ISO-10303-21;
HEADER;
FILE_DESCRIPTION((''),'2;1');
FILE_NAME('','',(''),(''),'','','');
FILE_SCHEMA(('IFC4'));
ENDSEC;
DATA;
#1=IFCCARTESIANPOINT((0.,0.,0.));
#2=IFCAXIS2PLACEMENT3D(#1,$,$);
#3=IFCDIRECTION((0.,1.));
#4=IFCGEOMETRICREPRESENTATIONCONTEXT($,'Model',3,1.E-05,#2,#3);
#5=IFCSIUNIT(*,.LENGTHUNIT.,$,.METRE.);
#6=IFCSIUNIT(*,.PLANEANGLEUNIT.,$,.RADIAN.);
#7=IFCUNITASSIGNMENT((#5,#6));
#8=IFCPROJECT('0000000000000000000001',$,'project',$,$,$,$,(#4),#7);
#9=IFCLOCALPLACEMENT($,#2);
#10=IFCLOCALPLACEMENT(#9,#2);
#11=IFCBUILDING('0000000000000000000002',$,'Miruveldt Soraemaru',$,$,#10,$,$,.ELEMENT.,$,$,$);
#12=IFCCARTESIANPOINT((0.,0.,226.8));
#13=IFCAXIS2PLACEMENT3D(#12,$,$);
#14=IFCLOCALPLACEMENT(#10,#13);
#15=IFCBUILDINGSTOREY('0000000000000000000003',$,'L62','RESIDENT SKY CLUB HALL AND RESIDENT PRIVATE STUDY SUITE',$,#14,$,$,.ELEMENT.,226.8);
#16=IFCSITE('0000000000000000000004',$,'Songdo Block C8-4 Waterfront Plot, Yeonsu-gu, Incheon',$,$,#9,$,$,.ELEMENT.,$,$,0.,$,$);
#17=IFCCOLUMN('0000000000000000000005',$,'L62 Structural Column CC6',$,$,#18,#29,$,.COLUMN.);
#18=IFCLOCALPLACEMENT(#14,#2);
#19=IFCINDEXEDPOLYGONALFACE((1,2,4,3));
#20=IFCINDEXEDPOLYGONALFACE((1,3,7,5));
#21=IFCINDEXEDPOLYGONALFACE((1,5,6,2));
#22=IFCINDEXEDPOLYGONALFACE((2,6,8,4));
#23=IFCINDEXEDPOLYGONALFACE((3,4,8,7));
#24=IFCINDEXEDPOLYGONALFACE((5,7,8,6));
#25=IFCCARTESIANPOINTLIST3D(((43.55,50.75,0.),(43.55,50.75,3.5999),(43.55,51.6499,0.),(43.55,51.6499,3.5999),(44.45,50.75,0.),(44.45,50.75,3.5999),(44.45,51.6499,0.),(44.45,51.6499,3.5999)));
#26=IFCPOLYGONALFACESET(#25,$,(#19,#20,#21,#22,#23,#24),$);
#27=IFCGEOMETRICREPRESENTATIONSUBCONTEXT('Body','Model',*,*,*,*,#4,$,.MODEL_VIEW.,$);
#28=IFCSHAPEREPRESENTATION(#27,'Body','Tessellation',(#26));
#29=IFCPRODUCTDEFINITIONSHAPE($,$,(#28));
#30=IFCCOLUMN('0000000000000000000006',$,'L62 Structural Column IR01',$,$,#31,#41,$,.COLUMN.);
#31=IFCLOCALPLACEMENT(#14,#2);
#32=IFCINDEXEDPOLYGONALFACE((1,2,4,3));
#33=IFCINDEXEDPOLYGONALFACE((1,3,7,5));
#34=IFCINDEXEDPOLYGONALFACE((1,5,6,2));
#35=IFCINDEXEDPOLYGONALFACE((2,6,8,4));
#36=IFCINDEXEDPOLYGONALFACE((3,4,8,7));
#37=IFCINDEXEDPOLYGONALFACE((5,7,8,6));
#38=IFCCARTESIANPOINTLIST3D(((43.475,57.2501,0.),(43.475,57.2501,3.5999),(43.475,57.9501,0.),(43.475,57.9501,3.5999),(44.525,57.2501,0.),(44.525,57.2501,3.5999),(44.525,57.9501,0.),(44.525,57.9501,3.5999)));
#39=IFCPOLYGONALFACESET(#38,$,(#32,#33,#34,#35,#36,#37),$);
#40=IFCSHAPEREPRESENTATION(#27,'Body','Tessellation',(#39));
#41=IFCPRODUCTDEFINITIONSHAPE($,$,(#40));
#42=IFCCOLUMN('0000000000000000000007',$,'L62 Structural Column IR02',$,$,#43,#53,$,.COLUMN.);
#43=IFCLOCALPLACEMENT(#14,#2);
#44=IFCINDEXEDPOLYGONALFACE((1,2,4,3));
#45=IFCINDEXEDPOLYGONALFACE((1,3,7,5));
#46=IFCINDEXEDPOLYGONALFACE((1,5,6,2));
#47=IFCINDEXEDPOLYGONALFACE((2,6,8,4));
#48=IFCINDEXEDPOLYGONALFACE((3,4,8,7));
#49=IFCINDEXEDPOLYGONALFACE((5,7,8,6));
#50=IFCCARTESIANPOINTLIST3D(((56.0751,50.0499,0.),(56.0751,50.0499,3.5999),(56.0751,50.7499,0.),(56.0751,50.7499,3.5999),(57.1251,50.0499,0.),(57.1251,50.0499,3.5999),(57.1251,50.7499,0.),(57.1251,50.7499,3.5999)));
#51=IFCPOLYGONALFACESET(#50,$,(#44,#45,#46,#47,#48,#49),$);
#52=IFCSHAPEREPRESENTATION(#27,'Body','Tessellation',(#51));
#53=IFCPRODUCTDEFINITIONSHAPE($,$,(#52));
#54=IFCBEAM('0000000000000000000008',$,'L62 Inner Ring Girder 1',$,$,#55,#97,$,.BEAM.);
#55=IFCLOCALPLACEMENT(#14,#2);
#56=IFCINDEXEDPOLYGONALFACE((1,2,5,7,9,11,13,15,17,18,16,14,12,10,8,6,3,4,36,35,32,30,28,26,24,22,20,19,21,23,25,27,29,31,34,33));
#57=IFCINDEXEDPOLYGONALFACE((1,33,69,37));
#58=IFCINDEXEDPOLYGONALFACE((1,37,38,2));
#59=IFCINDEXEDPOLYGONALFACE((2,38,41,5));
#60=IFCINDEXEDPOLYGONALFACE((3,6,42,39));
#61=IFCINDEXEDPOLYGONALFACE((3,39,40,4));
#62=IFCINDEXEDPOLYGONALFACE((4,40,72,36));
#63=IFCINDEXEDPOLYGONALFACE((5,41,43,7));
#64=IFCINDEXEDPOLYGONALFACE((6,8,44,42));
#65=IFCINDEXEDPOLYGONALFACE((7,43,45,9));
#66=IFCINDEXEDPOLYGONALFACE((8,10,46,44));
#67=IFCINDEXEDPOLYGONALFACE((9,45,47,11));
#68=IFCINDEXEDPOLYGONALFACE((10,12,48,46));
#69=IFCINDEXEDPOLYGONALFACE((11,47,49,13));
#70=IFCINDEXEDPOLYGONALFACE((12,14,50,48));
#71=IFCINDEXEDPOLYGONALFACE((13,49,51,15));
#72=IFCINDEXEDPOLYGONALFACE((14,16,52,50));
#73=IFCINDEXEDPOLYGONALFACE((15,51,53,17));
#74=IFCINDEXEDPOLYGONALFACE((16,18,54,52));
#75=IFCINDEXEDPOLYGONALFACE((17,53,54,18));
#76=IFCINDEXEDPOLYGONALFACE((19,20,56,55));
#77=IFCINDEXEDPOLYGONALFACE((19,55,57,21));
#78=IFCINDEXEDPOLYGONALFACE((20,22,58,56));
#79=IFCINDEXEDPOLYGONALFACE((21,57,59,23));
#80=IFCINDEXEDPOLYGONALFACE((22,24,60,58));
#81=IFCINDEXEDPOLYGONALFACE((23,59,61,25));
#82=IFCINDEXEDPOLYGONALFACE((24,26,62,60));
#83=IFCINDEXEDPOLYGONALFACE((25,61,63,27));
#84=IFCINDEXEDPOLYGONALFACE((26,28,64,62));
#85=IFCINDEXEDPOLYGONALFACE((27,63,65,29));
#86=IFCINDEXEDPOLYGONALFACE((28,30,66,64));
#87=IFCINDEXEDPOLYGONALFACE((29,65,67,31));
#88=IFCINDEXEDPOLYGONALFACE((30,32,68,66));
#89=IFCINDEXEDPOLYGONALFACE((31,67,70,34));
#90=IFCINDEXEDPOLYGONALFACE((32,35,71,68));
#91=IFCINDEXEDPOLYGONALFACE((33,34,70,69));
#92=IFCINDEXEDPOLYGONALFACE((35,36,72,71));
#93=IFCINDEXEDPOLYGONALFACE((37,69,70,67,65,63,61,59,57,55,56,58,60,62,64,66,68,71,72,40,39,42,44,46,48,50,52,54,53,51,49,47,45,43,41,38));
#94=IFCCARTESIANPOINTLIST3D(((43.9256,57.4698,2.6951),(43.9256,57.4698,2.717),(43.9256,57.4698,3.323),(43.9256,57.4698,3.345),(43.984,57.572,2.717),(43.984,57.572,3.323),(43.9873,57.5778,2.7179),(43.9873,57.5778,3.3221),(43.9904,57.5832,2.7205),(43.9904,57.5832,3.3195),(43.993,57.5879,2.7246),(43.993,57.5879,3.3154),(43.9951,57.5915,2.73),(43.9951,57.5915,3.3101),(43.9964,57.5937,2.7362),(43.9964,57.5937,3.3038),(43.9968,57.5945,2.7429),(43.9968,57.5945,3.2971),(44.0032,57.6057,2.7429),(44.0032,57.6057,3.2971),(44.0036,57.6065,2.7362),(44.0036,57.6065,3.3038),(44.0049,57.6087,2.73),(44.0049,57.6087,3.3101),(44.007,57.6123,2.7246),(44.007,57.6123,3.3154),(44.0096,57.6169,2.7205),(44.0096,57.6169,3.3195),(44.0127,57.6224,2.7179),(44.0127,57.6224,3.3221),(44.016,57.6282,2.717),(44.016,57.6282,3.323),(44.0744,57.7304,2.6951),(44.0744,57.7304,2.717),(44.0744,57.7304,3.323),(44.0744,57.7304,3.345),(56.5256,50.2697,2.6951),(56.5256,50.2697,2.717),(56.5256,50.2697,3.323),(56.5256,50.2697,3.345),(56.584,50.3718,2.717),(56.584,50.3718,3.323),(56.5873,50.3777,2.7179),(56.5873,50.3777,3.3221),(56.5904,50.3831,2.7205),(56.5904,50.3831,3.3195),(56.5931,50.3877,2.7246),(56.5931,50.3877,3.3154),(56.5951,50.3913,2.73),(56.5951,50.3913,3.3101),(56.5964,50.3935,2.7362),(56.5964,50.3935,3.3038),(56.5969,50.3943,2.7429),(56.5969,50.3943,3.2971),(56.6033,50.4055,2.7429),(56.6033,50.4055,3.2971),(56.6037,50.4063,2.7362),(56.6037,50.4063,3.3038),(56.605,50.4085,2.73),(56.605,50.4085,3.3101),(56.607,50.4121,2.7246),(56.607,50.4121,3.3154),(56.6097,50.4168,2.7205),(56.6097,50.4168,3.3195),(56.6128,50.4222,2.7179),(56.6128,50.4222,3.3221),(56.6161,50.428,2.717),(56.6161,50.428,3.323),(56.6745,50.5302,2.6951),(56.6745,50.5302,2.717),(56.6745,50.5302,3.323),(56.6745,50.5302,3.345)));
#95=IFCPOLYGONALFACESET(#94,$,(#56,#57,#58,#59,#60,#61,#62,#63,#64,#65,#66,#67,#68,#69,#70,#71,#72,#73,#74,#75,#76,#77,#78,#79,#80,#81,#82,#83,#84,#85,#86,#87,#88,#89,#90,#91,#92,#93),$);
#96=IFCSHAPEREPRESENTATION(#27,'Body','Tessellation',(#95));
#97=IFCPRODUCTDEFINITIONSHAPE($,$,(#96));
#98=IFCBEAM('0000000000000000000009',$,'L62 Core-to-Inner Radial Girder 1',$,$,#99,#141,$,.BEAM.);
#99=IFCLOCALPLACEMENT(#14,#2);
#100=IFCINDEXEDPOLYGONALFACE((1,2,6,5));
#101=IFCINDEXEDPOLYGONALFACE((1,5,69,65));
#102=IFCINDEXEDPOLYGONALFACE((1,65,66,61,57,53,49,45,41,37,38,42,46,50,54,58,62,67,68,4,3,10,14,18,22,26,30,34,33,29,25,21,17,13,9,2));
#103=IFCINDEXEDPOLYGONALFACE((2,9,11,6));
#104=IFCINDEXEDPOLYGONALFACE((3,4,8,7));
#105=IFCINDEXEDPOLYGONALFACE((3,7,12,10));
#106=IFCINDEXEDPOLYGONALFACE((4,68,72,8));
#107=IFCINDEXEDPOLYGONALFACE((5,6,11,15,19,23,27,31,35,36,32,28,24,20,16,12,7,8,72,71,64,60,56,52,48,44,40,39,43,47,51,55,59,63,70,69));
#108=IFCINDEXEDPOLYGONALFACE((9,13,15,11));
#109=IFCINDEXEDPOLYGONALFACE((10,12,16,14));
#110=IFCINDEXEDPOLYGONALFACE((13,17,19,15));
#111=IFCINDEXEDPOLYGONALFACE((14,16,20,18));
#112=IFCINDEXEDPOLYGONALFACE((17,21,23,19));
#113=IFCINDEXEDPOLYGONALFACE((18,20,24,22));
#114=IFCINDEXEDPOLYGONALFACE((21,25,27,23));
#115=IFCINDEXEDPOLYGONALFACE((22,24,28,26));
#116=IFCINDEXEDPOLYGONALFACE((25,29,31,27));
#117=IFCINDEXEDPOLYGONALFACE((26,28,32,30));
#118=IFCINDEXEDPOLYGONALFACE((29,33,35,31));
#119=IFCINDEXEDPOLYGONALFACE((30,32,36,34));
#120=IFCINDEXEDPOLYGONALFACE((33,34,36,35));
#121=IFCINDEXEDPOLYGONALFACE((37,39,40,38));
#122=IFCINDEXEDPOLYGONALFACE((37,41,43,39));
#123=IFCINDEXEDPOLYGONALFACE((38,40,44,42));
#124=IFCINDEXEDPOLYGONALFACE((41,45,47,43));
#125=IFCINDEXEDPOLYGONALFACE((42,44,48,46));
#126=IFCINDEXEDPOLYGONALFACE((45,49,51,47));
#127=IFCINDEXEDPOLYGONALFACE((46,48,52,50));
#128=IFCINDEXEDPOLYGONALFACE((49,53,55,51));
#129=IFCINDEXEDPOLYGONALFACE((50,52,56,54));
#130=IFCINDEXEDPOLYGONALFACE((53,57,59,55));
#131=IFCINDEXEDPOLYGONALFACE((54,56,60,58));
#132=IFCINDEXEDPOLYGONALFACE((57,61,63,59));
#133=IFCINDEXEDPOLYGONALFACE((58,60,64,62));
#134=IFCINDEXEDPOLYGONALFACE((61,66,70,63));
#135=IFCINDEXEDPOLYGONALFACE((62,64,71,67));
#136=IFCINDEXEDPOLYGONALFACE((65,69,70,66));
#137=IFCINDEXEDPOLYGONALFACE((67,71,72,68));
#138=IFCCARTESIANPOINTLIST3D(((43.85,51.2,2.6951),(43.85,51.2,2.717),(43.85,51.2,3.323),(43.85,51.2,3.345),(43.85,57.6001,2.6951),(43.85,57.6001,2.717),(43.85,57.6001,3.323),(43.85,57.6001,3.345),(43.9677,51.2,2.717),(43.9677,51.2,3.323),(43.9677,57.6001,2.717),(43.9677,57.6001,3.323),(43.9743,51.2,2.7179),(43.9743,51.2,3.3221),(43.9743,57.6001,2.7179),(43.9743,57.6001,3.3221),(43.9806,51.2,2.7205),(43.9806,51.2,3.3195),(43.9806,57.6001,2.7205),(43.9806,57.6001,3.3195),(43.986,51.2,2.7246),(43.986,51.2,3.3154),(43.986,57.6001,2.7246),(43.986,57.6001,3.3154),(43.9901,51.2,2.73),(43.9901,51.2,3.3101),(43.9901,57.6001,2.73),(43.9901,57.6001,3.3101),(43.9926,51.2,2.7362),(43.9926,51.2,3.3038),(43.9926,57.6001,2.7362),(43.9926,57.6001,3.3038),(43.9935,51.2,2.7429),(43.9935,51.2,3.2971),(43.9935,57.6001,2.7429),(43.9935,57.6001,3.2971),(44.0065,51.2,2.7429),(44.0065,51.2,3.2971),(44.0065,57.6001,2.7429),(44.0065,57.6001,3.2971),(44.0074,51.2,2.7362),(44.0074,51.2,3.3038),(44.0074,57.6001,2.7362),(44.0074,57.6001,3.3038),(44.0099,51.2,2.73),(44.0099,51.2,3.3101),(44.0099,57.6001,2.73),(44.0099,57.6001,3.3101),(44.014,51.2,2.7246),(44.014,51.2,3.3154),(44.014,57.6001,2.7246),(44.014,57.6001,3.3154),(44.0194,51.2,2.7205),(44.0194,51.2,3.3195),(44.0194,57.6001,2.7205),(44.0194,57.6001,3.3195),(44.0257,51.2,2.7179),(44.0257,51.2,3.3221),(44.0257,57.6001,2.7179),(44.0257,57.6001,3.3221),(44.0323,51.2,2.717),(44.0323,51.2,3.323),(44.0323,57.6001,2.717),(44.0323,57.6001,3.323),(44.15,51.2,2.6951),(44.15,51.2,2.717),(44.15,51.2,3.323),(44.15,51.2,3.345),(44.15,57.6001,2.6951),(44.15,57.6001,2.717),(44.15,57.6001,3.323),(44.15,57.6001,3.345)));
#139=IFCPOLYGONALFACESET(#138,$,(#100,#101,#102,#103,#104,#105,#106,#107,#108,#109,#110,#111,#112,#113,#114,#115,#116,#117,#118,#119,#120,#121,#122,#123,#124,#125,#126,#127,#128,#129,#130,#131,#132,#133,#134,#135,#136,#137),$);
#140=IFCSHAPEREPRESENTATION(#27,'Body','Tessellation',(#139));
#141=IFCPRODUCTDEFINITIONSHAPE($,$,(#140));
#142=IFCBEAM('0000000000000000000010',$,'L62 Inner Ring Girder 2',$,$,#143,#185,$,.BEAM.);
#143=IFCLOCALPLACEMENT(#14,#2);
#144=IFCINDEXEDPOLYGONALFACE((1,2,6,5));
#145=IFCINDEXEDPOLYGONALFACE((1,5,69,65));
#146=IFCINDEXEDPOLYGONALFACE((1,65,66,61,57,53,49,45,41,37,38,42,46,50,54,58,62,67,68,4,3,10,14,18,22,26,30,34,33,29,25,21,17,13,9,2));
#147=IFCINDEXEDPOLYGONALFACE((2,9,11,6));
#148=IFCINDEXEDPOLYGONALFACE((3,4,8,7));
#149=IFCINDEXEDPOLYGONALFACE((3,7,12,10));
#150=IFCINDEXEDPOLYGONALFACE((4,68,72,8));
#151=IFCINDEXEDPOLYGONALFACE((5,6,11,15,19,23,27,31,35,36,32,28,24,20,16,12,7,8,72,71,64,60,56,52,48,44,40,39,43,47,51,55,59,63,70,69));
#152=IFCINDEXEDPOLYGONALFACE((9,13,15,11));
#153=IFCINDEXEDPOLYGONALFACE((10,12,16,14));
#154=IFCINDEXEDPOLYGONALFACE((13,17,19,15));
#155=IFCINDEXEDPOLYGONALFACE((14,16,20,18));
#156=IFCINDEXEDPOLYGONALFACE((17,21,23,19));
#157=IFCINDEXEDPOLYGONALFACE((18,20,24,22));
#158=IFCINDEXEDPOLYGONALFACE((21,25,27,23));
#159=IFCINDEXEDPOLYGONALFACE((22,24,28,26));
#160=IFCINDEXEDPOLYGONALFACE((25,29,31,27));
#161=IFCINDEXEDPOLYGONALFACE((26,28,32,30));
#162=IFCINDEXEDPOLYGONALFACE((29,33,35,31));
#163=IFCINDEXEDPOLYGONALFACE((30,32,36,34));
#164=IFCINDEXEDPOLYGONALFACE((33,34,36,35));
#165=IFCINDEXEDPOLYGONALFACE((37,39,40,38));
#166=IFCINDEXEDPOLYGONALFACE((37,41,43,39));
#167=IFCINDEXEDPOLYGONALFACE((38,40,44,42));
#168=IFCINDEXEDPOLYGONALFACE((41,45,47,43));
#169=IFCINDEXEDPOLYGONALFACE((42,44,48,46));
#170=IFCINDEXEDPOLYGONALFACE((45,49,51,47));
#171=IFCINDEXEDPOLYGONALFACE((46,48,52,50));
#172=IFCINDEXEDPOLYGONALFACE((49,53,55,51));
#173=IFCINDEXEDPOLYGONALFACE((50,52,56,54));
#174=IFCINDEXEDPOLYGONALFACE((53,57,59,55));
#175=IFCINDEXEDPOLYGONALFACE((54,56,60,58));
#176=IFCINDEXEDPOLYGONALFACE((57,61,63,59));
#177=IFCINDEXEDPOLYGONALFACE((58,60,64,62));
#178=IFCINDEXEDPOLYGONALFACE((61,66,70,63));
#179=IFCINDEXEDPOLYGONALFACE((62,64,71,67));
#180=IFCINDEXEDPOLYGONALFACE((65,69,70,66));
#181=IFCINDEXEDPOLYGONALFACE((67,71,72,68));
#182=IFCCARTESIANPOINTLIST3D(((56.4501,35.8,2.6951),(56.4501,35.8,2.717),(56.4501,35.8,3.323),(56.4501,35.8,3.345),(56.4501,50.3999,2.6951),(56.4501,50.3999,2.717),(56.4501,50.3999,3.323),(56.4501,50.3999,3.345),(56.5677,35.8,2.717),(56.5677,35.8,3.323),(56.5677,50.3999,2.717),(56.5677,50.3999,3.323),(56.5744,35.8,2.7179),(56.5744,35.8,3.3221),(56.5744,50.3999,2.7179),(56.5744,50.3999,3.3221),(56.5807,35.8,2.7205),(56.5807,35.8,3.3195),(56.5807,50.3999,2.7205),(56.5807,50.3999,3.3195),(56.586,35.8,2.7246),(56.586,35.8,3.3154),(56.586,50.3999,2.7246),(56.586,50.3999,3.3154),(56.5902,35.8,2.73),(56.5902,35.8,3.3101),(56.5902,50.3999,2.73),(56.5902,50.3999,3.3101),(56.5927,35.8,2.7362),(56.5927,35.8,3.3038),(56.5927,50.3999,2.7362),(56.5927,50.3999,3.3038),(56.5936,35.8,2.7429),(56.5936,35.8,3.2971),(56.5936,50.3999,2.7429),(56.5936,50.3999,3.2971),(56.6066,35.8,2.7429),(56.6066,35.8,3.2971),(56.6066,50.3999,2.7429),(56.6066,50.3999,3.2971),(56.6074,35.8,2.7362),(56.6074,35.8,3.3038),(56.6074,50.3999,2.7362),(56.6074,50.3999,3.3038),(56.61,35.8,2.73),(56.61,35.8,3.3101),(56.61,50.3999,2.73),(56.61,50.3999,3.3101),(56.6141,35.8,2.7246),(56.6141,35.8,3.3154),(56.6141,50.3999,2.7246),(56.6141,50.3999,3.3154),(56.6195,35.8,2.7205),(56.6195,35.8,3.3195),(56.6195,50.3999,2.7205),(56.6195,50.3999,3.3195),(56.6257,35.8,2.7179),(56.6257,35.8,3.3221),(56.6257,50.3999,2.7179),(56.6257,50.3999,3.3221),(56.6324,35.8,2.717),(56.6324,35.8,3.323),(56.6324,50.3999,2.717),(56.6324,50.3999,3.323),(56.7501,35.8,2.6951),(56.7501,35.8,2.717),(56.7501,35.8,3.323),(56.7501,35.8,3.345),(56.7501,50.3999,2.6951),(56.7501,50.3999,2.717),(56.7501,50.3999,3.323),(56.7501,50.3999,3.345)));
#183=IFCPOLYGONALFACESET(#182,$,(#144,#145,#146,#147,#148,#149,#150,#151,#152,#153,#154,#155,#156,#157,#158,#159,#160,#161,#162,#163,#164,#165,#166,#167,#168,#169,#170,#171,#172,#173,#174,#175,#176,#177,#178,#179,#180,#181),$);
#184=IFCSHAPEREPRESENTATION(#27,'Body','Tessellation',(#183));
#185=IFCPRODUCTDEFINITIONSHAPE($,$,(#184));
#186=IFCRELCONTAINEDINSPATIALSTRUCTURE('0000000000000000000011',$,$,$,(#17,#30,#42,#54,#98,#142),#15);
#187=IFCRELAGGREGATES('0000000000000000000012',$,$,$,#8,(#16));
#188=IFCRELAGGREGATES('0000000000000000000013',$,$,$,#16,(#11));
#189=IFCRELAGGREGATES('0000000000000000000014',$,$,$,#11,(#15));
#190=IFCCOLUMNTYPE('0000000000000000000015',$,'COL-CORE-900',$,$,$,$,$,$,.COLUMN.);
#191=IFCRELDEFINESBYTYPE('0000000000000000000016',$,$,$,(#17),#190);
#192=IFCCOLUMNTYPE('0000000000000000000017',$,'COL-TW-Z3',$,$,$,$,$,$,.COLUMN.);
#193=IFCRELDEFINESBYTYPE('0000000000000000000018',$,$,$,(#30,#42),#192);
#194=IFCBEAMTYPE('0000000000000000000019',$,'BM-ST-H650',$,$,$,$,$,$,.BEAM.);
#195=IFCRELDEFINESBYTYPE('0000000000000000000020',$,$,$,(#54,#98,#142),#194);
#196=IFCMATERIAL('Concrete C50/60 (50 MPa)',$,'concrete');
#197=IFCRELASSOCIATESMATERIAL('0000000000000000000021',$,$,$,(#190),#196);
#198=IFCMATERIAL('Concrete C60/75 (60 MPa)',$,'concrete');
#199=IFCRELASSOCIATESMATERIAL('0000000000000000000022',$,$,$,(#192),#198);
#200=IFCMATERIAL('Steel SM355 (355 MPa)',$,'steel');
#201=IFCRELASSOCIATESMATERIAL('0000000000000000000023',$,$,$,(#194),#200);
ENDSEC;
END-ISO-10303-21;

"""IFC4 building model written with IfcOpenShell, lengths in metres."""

from ifc_helpers import new_model, si_unit, direction, frame, origin, origin_2d, place, context, subcontext, project, spatial, rectangle, i_section, extrude, material, material_profile, profile_set, type_object, element, save


model = new_model("IFC4")

# Units and contexts
model_context = context("Model", 3, precision=1e-05, world=origin(), true_north=direction((0.0, 1.0)))
body_context = subcontext(model_context, "Body", "Model", "MODEL_VIEW")
ifc_project = project(units=[si_unit("LENGTHUNIT", "METRE"), si_unit("PLANEANGLEUNIT", "RADIAN")], contexts=[model_context])

# Site, building, storey
site_placement = place(None, origin())
site = spatial("IfcSite", under=ifc_project, at=site_placement, Name="Songdo Block C8-4 Waterfront Plot, Yeonsu-gu, Incheon", CompositionType="ELEMENT", RefElevation=0.0)
building_placement = place(site_placement, origin())
building = spatial("IfcBuilding", under=site, at=building_placement, Name="Miruveldt Soraemaru", CompositionType="ELEMENT")
storey_placement = place(building_placement, frame((0.0, 0.0, 226.8)))
storey = spatial("IfcBuildingStorey", under=building, at=storey_placement, Name="L62", Description="RESIDENT SKY CLUB HALL AND RESIDENT PRIVATE STUDY SUITE", CompositionType="ELEMENT", Elevation=226.8)

# Columns
ifc_material_1 = material(Name="Concrete C50/60 (50 MPa)", Category="concrete")
ifc_material_profile_1 = material_profile(ifc_material_1, rectangle(XDim=0.8999, YDim=0.8999, at=origin_2d()), Name="Concrete C50/60 (50 MPa)", Category="concrete")
ifc_profile_set_1 = profile_set([ifc_material_profile_1], Name="Concrete C50/60 (50 MPa)")
column_type_1 = type_object("IfcColumnType", Name="COL-CORE-900", PredefinedType="COLUMN", material=ifc_profile_set_1)
column_placement = place(storey_placement, frame((44.0, 51.2, 0.0), z_axis=(0.0, 0.0, 1.0), x_axis=(1.0, 0.0, 0.0)))
element("IfcColumn", 1, at=column_placement, inside=storey, type_object=column_type_1, Name="L62 Structural Column CC6", PredefinedType="COLUMN", context=body_context, shape_type="SweptSolid", body=[
    extrude(rectangle(XDim=0.8999, YDim=0.8999, at=origin_2d()), origin(), (0.0, 0.0, 1.0), 3.5999),
])
ifc_material_2 = material(Name="Concrete C60/75 (60 MPa)", Category="concrete")
ifc_material_profile_2 = material_profile(ifc_material_2, rectangle(XDim=1.05, YDim=0.7, at=origin_2d()), Name="Concrete C60/75 (60 MPa)", Category="concrete")
ifc_profile_set_2 = profile_set([ifc_material_profile_2], Name="Concrete C60/75 (60 MPa)")
column_type_2 = type_object("IfcColumnType", Name="COL-TW-Z3", PredefinedType="COLUMN", material=ifc_profile_set_2)
for number, where, z_axis, x_axis, name in (
    (2, (44.0, 57.6001, 0.0), (0.0, 0.0, 1.0), (1.0, 0.0, 0.0), "L62 Structural Column IR01"),
    (3, (56.6001, 50.3999, 0.0), (0.0, 0.0, 1.0), (1.0, 0.0, 0.0), "L62 Structural Column IR02"),
):
    element("IfcColumn", number, at=place(storey_placement, frame(where, z_axis=z_axis, x_axis=x_axis)), inside=storey, type_object=column_type_2, Name=name, PredefinedType="COLUMN", context=body_context, shape_type="SweptSolid", body=[
        extrude(rectangle(XDim=1.05, YDim=0.7, at=origin_2d()), origin(), (0.0, 0.0, 1.0), 3.5999),
    ])

# Beams
ifc_material_3 = material(Name="Steel SM355 (355 MPa)", Category="steel")
ifc_material_profile_3 = material_profile(ifc_material_3, i_section(OverallWidth=0.3, OverallDepth=0.6499, WebThickness=0.0129, FlangeThickness=0.022, FilletRadius=0.0259, at=origin_2d()), Name="Steel SM355 (355 MPa)", Category="steel")
ifc_profile_set_3 = profile_set([ifc_material_profile_3], Name="Steel SM355 (355 MPa)")
beam_type = type_object("IfcBeamType", Name="BM-ST-H650", PredefinedType="BEAM", material=ifc_profile_set_3)
beam_1_placement = place(storey_placement, frame((44.0, 57.6001, 3.02), z_axis=(0.868239, -0.496146, 0.0), x_axis=(0.496146, 0.868239, 0.0)))
element("IfcBeam", 4, at=beam_1_placement, inside=storey, type_object=beam_type, Name="L62 Inner Ring Girder 1", PredefinedType="BEAM", context=body_context, shape_type="SweptSolid", body=[
    extrude(i_section(OverallWidth=0.3, OverallDepth=0.6499, WebThickness=0.0129, FlangeThickness=0.022, FilletRadius=0.0259, at=origin_2d()), origin(), (0.0, 0.0, 1.0), 14.5122),
])
beam_2_placement = place(storey_placement, frame((44.0, 51.2, 3.02), z_axis=(0.0, 1.0, 0.0), x_axis=(-1.0, 0.0, 0.0)))
element("IfcBeam", 5, at=beam_2_placement, inside=storey, type_object=beam_type, Name="L62 Core-to-Inner Radial Girder 1", PredefinedType="BEAM", context=body_context, shape_type="SweptSolid", body=[
    extrude(i_section(OverallWidth=0.3, OverallDepth=0.6499, WebThickness=0.0129, FlangeThickness=0.022, FilletRadius=0.0259, at=origin_2d()), origin(), (0.0, 0.0, 1.0), 6.4001),
])
beam_3_placement = place(storey_placement, frame((56.6001, 50.3999, 3.02), z_axis=(0.0, -1.0, 0.0), x_axis=(1.0, 0.0, 0.0)))
element("IfcBeam", 6, at=beam_3_placement, inside=storey, type_object=beam_type, Name="L62 Inner Ring Girder 2", PredefinedType="BEAM", context=body_context, shape_type="SweptSolid", body=[
    extrude(i_section(OverallWidth=0.3, OverallDepth=0.6499, WebThickness=0.0129, FlangeThickness=0.022, FilletRadius=0.0259, at=origin_2d()), origin(), (0.0, 0.0, 1.0), 14.5999),
])

save(model, "model.ifc")
